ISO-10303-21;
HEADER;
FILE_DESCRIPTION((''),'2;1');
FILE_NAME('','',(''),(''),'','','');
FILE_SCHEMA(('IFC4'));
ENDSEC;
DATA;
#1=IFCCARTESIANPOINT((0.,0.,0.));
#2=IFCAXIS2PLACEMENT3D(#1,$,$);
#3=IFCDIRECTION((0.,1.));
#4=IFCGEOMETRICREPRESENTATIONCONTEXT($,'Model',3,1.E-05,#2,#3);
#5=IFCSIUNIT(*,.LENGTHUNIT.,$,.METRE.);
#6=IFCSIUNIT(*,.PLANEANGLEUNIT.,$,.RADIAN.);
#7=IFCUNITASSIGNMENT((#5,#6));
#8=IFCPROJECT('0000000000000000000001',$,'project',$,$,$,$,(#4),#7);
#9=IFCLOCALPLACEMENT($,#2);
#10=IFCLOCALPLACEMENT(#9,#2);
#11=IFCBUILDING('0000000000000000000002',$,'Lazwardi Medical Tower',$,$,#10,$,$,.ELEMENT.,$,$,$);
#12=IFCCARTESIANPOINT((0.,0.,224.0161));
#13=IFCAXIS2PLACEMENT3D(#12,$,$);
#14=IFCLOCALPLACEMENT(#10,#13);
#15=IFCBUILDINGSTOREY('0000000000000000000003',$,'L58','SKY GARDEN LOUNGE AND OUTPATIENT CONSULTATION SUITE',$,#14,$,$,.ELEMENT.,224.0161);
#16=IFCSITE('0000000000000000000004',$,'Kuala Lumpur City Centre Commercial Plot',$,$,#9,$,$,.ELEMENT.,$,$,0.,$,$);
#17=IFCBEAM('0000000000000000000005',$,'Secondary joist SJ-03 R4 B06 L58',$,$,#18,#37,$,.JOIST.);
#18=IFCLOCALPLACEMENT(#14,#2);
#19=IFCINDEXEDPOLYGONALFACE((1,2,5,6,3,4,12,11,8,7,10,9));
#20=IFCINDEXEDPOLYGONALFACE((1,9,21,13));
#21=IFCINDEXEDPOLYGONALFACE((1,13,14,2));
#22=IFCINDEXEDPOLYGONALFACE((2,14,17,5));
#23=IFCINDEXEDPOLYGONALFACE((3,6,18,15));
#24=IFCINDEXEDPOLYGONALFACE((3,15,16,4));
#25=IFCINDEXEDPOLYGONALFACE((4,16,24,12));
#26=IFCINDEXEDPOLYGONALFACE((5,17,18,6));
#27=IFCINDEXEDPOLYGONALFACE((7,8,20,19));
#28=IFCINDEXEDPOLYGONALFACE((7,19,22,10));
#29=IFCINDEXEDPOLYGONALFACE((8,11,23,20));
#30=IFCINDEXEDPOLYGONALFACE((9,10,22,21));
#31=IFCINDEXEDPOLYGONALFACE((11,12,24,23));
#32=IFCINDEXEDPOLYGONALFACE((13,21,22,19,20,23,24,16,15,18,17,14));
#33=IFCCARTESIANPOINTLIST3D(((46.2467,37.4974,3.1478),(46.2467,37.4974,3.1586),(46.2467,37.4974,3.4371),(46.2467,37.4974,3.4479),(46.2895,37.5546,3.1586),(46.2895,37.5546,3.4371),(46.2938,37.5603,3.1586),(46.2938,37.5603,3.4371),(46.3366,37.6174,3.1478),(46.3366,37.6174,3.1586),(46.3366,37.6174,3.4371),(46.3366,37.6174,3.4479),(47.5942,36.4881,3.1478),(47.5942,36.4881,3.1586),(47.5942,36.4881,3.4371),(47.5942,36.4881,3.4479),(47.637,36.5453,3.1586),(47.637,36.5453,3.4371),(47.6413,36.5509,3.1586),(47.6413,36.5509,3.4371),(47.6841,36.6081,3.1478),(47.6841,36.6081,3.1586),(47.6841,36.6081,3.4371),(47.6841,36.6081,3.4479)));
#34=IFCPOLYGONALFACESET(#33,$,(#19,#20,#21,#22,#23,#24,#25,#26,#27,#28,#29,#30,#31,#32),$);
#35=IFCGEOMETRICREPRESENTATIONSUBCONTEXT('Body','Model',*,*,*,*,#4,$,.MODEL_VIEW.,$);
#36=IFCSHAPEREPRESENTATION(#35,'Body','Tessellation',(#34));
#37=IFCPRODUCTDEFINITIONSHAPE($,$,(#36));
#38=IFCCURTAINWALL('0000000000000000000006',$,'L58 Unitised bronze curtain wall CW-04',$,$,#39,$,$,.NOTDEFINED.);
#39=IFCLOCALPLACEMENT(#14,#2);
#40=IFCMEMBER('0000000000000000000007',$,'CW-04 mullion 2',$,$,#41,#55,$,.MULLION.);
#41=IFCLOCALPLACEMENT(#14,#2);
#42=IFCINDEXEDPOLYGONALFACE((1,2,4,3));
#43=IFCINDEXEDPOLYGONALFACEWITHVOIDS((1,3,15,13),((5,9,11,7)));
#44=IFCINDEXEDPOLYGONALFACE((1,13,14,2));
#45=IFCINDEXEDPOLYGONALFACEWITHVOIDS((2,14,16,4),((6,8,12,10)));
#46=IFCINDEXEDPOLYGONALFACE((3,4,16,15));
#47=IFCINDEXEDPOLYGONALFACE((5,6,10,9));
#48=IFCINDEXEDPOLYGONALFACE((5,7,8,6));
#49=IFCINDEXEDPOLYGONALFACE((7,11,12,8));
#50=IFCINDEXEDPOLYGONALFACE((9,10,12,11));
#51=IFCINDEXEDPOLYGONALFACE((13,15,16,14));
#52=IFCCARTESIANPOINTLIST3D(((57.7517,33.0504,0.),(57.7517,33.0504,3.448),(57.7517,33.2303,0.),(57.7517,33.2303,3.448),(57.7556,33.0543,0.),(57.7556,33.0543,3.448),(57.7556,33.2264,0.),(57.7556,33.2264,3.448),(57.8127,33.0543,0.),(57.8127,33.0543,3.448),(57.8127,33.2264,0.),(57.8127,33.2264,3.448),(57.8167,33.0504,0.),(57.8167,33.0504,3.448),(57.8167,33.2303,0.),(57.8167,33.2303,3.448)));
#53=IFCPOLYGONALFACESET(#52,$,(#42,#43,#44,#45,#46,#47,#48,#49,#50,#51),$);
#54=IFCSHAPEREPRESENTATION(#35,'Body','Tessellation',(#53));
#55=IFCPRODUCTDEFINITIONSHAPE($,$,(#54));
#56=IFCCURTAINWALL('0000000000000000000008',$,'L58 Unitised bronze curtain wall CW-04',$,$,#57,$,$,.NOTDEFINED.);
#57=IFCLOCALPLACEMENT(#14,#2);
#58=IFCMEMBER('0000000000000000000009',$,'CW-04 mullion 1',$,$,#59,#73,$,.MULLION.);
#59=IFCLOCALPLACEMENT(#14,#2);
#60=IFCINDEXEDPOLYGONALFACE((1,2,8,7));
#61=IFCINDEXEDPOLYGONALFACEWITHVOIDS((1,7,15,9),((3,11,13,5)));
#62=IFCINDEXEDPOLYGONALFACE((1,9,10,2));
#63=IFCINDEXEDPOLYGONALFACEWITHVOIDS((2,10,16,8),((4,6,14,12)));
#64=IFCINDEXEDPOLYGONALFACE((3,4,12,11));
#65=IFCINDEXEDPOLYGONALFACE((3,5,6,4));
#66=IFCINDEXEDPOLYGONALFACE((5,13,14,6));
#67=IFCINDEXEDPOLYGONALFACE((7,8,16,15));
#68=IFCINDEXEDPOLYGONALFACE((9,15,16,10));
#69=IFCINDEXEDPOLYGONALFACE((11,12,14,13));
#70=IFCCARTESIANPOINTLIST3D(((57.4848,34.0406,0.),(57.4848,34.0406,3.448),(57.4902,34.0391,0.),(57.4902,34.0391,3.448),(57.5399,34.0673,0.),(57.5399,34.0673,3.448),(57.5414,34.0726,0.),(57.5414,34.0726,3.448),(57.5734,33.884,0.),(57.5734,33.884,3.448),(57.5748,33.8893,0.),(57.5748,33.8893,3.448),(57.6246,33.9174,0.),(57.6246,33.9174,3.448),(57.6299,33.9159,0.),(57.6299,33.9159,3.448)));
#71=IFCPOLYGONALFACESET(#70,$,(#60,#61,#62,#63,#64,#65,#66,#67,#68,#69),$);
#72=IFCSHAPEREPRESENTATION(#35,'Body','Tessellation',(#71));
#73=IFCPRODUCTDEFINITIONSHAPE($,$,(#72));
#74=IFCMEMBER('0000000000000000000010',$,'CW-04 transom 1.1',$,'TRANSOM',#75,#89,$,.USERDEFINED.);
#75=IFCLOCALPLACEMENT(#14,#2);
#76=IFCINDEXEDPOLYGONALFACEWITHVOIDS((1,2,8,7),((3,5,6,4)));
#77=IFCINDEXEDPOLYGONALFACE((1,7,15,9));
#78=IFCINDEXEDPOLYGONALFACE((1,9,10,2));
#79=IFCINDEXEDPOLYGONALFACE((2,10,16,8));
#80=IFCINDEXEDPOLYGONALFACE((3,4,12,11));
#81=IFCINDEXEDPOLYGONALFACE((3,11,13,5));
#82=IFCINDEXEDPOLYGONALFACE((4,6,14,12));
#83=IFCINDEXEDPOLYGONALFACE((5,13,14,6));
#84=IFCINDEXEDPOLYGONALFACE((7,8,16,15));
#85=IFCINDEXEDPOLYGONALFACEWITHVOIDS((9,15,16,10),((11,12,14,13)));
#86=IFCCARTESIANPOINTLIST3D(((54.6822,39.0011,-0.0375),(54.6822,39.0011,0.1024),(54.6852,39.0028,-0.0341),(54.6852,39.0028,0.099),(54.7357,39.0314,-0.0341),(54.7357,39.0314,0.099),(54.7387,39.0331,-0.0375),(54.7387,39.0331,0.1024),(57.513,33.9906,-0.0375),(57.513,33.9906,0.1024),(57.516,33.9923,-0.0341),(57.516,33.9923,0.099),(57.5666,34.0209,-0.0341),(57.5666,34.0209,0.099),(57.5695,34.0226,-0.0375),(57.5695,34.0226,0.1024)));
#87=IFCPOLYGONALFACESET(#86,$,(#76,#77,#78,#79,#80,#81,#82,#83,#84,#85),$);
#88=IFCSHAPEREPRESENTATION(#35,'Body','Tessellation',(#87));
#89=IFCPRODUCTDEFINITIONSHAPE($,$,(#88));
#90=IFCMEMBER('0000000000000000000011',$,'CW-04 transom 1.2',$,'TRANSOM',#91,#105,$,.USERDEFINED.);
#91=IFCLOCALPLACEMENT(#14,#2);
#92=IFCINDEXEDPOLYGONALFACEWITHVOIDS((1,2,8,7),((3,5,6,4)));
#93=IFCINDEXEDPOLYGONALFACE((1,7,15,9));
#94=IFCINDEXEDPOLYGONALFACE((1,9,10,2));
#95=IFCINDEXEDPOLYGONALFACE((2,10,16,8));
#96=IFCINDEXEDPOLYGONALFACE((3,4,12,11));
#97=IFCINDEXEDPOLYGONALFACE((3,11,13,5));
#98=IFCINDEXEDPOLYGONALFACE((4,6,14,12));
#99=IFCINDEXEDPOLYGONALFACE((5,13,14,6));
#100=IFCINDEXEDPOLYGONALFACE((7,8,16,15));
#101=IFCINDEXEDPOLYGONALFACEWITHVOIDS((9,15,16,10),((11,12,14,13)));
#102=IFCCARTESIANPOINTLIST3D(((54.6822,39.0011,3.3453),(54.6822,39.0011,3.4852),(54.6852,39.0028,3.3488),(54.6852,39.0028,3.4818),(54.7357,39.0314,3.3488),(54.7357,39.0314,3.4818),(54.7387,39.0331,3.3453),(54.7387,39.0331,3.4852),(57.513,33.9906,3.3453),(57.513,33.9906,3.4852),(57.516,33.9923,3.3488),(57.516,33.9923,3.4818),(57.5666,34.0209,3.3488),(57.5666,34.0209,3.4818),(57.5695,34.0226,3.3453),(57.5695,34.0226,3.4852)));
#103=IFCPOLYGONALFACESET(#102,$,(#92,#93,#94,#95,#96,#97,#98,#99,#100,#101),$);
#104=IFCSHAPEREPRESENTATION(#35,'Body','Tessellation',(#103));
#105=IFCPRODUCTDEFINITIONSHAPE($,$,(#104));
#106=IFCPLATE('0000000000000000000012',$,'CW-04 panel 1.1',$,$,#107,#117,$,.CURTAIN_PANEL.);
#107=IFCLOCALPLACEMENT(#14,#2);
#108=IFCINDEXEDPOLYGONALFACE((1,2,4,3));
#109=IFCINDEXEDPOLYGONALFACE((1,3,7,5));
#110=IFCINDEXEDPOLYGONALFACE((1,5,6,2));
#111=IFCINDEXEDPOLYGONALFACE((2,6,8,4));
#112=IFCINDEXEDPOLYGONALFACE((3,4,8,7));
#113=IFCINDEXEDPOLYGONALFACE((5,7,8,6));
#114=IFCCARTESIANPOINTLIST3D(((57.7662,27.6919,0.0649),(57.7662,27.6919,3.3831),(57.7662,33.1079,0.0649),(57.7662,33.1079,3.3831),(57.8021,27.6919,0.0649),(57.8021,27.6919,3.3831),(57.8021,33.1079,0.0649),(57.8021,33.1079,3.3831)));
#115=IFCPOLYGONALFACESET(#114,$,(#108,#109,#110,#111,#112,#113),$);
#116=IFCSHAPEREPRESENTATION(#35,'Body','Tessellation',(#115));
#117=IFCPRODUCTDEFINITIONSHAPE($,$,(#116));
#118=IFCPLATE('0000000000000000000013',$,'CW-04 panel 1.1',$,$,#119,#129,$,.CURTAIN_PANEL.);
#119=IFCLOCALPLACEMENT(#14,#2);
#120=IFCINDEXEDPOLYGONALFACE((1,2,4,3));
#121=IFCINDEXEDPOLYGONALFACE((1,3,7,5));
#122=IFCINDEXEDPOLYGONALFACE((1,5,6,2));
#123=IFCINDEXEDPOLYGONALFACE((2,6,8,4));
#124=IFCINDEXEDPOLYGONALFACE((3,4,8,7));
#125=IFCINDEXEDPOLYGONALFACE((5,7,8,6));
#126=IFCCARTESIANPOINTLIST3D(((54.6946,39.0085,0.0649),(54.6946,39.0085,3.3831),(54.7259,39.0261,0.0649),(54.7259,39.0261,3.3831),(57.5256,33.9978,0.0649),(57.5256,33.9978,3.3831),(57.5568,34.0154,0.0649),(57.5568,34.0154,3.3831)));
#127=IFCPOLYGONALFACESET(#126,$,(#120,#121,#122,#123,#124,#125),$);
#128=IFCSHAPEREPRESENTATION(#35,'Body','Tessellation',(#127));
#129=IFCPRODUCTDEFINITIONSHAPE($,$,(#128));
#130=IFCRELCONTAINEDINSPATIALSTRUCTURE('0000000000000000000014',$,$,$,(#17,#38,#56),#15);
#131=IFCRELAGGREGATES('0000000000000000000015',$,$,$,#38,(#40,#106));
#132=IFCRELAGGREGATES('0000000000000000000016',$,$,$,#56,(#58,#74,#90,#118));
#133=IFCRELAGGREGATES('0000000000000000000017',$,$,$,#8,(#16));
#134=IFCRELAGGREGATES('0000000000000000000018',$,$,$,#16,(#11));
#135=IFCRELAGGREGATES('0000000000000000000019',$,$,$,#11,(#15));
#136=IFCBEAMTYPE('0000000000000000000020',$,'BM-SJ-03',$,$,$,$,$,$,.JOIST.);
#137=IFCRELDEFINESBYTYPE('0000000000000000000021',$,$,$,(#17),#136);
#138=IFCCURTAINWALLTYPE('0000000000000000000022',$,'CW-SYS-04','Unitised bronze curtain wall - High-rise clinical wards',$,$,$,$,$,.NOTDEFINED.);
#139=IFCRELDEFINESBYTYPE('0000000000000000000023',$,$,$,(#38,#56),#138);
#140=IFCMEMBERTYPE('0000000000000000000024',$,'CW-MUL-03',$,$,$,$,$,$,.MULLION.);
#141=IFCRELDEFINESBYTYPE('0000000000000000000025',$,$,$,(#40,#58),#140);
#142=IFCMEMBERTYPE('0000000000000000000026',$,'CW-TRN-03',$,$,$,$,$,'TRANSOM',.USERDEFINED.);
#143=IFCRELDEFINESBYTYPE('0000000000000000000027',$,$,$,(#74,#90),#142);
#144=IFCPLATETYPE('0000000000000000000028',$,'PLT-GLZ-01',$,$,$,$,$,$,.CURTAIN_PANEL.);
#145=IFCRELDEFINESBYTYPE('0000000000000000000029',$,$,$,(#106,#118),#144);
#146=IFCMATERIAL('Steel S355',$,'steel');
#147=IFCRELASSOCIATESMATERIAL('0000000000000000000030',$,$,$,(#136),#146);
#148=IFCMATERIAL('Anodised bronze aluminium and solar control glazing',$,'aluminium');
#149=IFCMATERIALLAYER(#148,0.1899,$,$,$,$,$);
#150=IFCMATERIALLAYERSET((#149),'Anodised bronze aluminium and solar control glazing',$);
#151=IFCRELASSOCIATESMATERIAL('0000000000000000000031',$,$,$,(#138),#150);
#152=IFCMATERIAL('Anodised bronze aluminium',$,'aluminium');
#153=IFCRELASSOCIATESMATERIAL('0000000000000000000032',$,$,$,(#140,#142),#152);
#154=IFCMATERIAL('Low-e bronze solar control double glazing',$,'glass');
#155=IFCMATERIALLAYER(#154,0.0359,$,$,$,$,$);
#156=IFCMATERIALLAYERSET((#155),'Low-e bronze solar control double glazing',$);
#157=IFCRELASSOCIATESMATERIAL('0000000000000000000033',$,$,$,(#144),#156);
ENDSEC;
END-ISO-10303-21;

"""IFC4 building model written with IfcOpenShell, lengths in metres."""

from ifc_helpers import new_model, si_unit, direction, frame, origin, origin_2d, place, context, subcontext, project, spatial, rectangle, hollow_rectangle, i_section, extrude, material, layer, layer_set, material_profile, profile_set, type_object, element, aggregate, save


model = new_model("IFC4")

# Units and contexts
model_context = context("Model", 3, precision=1e-05, world=origin(), true_north=direction((0.0, 1.0)))
body_context = subcontext(model_context, "Body", "Model", "MODEL_VIEW")
ifc_project = project(units=[si_unit("LENGTHUNIT", "METRE"), si_unit("PLANEANGLEUNIT", "RADIAN")], contexts=[model_context])

# Site, building, storey
site_placement = place(None, origin())
site = spatial("IfcSite", under=ifc_project, at=site_placement, Name="Kuala Lumpur City Centre Commercial Plot", CompositionType="ELEMENT", RefElevation=0.0)
building_placement = place(site_placement, origin())
building = spatial("IfcBuilding", under=site, at=building_placement, Name="Lazwardi Medical Tower", CompositionType="ELEMENT")
storey_placement = place(building_placement, frame((0.0, 0.0, 224.0161)))
storey = spatial("IfcBuildingStorey", under=building, at=storey_placement, Name="L58", Description="SKY GARDEN LOUNGE AND OUTPATIENT CONSULTATION SUITE", CompositionType="ELEMENT", Elevation=224.0161)

# Beam
ifc_material_1 = material(Name="Steel S355", Category="steel")
ifc_material_profile_1 = material_profile(ifc_material_1, i_section(OverallWidth=0.1499, OverallDepth=0.3, WebThickness=0.0071, FlangeThickness=0.0107, at=origin_2d()), Name="IPE 300")
ifc_profile_set_1 = profile_set([ifc_material_profile_1], Name="Steel S355")
beam_type_1 = type_object("IfcBeamType", Name="BM-SJ-03", PredefinedType="JOIST", material=ifc_profile_set_1)
beam_1_placement = place(storey_placement, frame((47.6392, 36.5481, 3.2979), z_axis=(-0.800365, 0.599513, 0.0), x_axis=(-0.599513, -0.800365, 0.0)))
element("IfcBeam", 1, at=beam_1_placement, inside=storey, type_object=beam_type_1, Name="Secondary joist SJ-03 R4 B06 L58", PredefinedType="JOIST", context=body_context, shape_type="SweptSolid", body=[
    extrude(i_section(OverallWidth=0.1499, OverallDepth=0.3, WebThickness=0.0071, FlangeThickness=0.0107, at=origin_2d()), origin(), (0.0, 0.0, 1.0), 1.6836),
])

# Curtain wall, member
ifc_material_2 = material(Name="Anodised bronze aluminium and solar control glazing", Category="aluminium")
ifc_layer_1 = layer(ifc_material_2, 0.1899)
ifc_layer_set_1 = layer_set([ifc_layer_1], Name="Anodised bronze aluminium and solar control glazing")
curtain_wall_type = type_object("IfcCurtainWallType", Name="CW-SYS-04", Description="Unitised bronze curtain wall - High-rise clinical wards", PredefinedType="NOTDEFINED", material=ifc_layer_set_1)
curtain_wall_1_placement = place(storey_placement, origin())
curtain_wall_1 = element("IfcCurtainWall", 2, at=curtain_wall_1_placement, inside=storey, type_object=curtain_wall_type, Name="L58 Unitised bronze curtain wall CW-04", PredefinedType="NOTDEFINED")
ifc_material_3 = material(Name="Anodised bronze aluminium", Category="aluminium")
ifc_material_profile_2 = material_profile(ifc_material_3, hollow_rectangle(XDim=0.0649, YDim=0.1799, WallThickness=0.0039, at=origin_2d()), Name="ALU-MULLION 180x65x4")
ifc_profile_set_2 = profile_set([ifc_material_profile_2], Name="Anodised bronze aluminium")
member_type_1 = type_object("IfcMemberType", Name="CW-MUL-03", PredefinedType="MULLION", material=ifc_profile_set_2)
member_1_placement = place(storey_placement, frame((57.7842, 33.1404, 0.0), z_axis=(0.0, 0.0, 1.0), x_axis=(-1.0, 0.0, 0.0)))
member_1 = element("IfcMember", 3, at=member_1_placement, type_object=member_type_1, Name="CW-04 mullion 2", PredefinedType="MULLION", context=body_context, shape_type="SweptSolid", body=[
    extrude(hollow_rectangle(XDim=0.0649, YDim=0.1799, WallThickness=0.0039, at=origin_2d()), origin(), (0.0, 0.0, 1.0), 3.448),
])

# Curtain wall, members
curtain_wall_2_placement = place(storey_placement, origin())
curtain_wall_2 = element("IfcCurtainWall", 4, at=curtain_wall_2_placement, inside=storey, type_object=curtain_wall_type, Name="L58 Unitised bronze curtain wall CW-04", PredefinedType="NOTDEFINED")
member_2_placement = place(storey_placement, frame((57.5574, 33.9783, 0.0), z_axis=(0.0, 0.0, 1.0), x_axis=(-0.870651, -0.4919, 0.0)))
member_2 = element("IfcMember", 5, at=member_2_placement, type_object=member_type_1, Name="CW-04 mullion 1", PredefinedType="MULLION", context=body_context, shape_type="SweptSolid", body=[
    extrude(hollow_rectangle(XDim=0.0649, YDim=0.1799, WallThickness=0.0039, at=origin_2d()), origin(), (0.0, 0.0, 1.0), 3.448),
])
ifc_material_profile_3 = material_profile(ifc_material_3, hollow_rectangle(XDim=0.0649, YDim=0.1399, WallThickness=0.0034, at=origin_2d()), Name="ALU-TRANSOM 140x65x3.5")
ifc_profile_set_3 = profile_set([ifc_material_profile_3], Name="Anodised bronze aluminium")
member_type_2 = type_object("IfcMemberType", Name="CW-TRN-03", ElementType="TRANSOM", PredefinedType="USERDEFINED", material=ifc_profile_set_3)
member_3_placement = place(storey_placement, frame((57.5413, 34.0066, 0.0325), z_axis=(-0.491898, 0.870653, 0.0), x_axis=(-0.870653, -0.491898, 0.0)))
member_3 = element("IfcMember", 6, at=member_3_placement, type_object=member_type_2, Name="CW-04 transom 1.1", ObjectType="TRANSOM", PredefinedType="USERDEFINED", context=body_context, shape_type="SweptSolid", body=[
    extrude(hollow_rectangle(XDim=0.0649, YDim=0.1399, WallThickness=0.0034, at=origin_2d()), origin(), (0.0, 0.0, 1.0), 5.7549),
])
member_4_placement = place(storey_placement, frame((57.5413, 34.0066, 3.4153), z_axis=(-0.491898, 0.870653, 0.0), x_axis=(-0.870653, -0.491898, 0.0)))
member_4 = element("IfcMember", 7, at=member_4_placement, type_object=member_type_2, Name="CW-04 transom 1.2", ObjectType="TRANSOM", PredefinedType="USERDEFINED", context=body_context, shape_type="SweptSolid", body=[
    extrude(hollow_rectangle(XDim=0.0649, YDim=0.1399, WallThickness=0.0034, at=origin_2d()), origin(), (0.0, 0.0, 1.0), 5.7549),
])

# Plates
ifc_material_4 = material(Name="Low-e bronze solar control double glazing", Category="glass")
ifc_layer_2 = layer(ifc_material_4, 0.0359)
ifc_layer_set_2 = layer_set([ifc_layer_2], Name="Low-e bronze solar control double glazing")
plate_type = type_object("IfcPlateType", Name="PLT-GLZ-01", PredefinedType="CURTAIN_PANEL", material=ifc_layer_set_2)
plate_1_placement = place(storey_placement, frame((57.7842, 30.3999, 0.0649), z_axis=(0.0, 0.0, 1.0), x_axis=(0.0, 1.0, 0.0)))
plate_1 = element("IfcPlate", 8, at=plate_1_placement, type_object=plate_type, Name="CW-04 panel 1.1", PredefinedType="CURTAIN_PANEL", context=body_context, shape_type="SweptSolid", body=[
    extrude(rectangle(XDim=5.416, YDim=0.0359, at=origin_2d()), origin(), (0.0, 0.0, 1.0), 3.3181),
])
aggregate(curtain_wall_1, [member_1, plate_1])
plate_2_placement = place(storey_placement, frame((56.1257, 36.512, 0.0649), z_axis=(0.0, 0.0, 1.0), x_axis=(-0.4919, 0.870651, 0.0)))
plate_2 = element("IfcPlate", 9, at=plate_2_placement, type_object=plate_type, Name="CW-04 panel 1.1", PredefinedType="CURTAIN_PANEL", context=body_context, shape_type="SweptSolid", body=[
    extrude(rectangle(XDim=5.7551, YDim=0.0359, at=origin_2d()), origin(), (0.0, 0.0, 1.0), 3.3181),
])
aggregate(curtain_wall_2, [member_2, member_3, member_4, plate_2])

save(model, "model.ifc")
